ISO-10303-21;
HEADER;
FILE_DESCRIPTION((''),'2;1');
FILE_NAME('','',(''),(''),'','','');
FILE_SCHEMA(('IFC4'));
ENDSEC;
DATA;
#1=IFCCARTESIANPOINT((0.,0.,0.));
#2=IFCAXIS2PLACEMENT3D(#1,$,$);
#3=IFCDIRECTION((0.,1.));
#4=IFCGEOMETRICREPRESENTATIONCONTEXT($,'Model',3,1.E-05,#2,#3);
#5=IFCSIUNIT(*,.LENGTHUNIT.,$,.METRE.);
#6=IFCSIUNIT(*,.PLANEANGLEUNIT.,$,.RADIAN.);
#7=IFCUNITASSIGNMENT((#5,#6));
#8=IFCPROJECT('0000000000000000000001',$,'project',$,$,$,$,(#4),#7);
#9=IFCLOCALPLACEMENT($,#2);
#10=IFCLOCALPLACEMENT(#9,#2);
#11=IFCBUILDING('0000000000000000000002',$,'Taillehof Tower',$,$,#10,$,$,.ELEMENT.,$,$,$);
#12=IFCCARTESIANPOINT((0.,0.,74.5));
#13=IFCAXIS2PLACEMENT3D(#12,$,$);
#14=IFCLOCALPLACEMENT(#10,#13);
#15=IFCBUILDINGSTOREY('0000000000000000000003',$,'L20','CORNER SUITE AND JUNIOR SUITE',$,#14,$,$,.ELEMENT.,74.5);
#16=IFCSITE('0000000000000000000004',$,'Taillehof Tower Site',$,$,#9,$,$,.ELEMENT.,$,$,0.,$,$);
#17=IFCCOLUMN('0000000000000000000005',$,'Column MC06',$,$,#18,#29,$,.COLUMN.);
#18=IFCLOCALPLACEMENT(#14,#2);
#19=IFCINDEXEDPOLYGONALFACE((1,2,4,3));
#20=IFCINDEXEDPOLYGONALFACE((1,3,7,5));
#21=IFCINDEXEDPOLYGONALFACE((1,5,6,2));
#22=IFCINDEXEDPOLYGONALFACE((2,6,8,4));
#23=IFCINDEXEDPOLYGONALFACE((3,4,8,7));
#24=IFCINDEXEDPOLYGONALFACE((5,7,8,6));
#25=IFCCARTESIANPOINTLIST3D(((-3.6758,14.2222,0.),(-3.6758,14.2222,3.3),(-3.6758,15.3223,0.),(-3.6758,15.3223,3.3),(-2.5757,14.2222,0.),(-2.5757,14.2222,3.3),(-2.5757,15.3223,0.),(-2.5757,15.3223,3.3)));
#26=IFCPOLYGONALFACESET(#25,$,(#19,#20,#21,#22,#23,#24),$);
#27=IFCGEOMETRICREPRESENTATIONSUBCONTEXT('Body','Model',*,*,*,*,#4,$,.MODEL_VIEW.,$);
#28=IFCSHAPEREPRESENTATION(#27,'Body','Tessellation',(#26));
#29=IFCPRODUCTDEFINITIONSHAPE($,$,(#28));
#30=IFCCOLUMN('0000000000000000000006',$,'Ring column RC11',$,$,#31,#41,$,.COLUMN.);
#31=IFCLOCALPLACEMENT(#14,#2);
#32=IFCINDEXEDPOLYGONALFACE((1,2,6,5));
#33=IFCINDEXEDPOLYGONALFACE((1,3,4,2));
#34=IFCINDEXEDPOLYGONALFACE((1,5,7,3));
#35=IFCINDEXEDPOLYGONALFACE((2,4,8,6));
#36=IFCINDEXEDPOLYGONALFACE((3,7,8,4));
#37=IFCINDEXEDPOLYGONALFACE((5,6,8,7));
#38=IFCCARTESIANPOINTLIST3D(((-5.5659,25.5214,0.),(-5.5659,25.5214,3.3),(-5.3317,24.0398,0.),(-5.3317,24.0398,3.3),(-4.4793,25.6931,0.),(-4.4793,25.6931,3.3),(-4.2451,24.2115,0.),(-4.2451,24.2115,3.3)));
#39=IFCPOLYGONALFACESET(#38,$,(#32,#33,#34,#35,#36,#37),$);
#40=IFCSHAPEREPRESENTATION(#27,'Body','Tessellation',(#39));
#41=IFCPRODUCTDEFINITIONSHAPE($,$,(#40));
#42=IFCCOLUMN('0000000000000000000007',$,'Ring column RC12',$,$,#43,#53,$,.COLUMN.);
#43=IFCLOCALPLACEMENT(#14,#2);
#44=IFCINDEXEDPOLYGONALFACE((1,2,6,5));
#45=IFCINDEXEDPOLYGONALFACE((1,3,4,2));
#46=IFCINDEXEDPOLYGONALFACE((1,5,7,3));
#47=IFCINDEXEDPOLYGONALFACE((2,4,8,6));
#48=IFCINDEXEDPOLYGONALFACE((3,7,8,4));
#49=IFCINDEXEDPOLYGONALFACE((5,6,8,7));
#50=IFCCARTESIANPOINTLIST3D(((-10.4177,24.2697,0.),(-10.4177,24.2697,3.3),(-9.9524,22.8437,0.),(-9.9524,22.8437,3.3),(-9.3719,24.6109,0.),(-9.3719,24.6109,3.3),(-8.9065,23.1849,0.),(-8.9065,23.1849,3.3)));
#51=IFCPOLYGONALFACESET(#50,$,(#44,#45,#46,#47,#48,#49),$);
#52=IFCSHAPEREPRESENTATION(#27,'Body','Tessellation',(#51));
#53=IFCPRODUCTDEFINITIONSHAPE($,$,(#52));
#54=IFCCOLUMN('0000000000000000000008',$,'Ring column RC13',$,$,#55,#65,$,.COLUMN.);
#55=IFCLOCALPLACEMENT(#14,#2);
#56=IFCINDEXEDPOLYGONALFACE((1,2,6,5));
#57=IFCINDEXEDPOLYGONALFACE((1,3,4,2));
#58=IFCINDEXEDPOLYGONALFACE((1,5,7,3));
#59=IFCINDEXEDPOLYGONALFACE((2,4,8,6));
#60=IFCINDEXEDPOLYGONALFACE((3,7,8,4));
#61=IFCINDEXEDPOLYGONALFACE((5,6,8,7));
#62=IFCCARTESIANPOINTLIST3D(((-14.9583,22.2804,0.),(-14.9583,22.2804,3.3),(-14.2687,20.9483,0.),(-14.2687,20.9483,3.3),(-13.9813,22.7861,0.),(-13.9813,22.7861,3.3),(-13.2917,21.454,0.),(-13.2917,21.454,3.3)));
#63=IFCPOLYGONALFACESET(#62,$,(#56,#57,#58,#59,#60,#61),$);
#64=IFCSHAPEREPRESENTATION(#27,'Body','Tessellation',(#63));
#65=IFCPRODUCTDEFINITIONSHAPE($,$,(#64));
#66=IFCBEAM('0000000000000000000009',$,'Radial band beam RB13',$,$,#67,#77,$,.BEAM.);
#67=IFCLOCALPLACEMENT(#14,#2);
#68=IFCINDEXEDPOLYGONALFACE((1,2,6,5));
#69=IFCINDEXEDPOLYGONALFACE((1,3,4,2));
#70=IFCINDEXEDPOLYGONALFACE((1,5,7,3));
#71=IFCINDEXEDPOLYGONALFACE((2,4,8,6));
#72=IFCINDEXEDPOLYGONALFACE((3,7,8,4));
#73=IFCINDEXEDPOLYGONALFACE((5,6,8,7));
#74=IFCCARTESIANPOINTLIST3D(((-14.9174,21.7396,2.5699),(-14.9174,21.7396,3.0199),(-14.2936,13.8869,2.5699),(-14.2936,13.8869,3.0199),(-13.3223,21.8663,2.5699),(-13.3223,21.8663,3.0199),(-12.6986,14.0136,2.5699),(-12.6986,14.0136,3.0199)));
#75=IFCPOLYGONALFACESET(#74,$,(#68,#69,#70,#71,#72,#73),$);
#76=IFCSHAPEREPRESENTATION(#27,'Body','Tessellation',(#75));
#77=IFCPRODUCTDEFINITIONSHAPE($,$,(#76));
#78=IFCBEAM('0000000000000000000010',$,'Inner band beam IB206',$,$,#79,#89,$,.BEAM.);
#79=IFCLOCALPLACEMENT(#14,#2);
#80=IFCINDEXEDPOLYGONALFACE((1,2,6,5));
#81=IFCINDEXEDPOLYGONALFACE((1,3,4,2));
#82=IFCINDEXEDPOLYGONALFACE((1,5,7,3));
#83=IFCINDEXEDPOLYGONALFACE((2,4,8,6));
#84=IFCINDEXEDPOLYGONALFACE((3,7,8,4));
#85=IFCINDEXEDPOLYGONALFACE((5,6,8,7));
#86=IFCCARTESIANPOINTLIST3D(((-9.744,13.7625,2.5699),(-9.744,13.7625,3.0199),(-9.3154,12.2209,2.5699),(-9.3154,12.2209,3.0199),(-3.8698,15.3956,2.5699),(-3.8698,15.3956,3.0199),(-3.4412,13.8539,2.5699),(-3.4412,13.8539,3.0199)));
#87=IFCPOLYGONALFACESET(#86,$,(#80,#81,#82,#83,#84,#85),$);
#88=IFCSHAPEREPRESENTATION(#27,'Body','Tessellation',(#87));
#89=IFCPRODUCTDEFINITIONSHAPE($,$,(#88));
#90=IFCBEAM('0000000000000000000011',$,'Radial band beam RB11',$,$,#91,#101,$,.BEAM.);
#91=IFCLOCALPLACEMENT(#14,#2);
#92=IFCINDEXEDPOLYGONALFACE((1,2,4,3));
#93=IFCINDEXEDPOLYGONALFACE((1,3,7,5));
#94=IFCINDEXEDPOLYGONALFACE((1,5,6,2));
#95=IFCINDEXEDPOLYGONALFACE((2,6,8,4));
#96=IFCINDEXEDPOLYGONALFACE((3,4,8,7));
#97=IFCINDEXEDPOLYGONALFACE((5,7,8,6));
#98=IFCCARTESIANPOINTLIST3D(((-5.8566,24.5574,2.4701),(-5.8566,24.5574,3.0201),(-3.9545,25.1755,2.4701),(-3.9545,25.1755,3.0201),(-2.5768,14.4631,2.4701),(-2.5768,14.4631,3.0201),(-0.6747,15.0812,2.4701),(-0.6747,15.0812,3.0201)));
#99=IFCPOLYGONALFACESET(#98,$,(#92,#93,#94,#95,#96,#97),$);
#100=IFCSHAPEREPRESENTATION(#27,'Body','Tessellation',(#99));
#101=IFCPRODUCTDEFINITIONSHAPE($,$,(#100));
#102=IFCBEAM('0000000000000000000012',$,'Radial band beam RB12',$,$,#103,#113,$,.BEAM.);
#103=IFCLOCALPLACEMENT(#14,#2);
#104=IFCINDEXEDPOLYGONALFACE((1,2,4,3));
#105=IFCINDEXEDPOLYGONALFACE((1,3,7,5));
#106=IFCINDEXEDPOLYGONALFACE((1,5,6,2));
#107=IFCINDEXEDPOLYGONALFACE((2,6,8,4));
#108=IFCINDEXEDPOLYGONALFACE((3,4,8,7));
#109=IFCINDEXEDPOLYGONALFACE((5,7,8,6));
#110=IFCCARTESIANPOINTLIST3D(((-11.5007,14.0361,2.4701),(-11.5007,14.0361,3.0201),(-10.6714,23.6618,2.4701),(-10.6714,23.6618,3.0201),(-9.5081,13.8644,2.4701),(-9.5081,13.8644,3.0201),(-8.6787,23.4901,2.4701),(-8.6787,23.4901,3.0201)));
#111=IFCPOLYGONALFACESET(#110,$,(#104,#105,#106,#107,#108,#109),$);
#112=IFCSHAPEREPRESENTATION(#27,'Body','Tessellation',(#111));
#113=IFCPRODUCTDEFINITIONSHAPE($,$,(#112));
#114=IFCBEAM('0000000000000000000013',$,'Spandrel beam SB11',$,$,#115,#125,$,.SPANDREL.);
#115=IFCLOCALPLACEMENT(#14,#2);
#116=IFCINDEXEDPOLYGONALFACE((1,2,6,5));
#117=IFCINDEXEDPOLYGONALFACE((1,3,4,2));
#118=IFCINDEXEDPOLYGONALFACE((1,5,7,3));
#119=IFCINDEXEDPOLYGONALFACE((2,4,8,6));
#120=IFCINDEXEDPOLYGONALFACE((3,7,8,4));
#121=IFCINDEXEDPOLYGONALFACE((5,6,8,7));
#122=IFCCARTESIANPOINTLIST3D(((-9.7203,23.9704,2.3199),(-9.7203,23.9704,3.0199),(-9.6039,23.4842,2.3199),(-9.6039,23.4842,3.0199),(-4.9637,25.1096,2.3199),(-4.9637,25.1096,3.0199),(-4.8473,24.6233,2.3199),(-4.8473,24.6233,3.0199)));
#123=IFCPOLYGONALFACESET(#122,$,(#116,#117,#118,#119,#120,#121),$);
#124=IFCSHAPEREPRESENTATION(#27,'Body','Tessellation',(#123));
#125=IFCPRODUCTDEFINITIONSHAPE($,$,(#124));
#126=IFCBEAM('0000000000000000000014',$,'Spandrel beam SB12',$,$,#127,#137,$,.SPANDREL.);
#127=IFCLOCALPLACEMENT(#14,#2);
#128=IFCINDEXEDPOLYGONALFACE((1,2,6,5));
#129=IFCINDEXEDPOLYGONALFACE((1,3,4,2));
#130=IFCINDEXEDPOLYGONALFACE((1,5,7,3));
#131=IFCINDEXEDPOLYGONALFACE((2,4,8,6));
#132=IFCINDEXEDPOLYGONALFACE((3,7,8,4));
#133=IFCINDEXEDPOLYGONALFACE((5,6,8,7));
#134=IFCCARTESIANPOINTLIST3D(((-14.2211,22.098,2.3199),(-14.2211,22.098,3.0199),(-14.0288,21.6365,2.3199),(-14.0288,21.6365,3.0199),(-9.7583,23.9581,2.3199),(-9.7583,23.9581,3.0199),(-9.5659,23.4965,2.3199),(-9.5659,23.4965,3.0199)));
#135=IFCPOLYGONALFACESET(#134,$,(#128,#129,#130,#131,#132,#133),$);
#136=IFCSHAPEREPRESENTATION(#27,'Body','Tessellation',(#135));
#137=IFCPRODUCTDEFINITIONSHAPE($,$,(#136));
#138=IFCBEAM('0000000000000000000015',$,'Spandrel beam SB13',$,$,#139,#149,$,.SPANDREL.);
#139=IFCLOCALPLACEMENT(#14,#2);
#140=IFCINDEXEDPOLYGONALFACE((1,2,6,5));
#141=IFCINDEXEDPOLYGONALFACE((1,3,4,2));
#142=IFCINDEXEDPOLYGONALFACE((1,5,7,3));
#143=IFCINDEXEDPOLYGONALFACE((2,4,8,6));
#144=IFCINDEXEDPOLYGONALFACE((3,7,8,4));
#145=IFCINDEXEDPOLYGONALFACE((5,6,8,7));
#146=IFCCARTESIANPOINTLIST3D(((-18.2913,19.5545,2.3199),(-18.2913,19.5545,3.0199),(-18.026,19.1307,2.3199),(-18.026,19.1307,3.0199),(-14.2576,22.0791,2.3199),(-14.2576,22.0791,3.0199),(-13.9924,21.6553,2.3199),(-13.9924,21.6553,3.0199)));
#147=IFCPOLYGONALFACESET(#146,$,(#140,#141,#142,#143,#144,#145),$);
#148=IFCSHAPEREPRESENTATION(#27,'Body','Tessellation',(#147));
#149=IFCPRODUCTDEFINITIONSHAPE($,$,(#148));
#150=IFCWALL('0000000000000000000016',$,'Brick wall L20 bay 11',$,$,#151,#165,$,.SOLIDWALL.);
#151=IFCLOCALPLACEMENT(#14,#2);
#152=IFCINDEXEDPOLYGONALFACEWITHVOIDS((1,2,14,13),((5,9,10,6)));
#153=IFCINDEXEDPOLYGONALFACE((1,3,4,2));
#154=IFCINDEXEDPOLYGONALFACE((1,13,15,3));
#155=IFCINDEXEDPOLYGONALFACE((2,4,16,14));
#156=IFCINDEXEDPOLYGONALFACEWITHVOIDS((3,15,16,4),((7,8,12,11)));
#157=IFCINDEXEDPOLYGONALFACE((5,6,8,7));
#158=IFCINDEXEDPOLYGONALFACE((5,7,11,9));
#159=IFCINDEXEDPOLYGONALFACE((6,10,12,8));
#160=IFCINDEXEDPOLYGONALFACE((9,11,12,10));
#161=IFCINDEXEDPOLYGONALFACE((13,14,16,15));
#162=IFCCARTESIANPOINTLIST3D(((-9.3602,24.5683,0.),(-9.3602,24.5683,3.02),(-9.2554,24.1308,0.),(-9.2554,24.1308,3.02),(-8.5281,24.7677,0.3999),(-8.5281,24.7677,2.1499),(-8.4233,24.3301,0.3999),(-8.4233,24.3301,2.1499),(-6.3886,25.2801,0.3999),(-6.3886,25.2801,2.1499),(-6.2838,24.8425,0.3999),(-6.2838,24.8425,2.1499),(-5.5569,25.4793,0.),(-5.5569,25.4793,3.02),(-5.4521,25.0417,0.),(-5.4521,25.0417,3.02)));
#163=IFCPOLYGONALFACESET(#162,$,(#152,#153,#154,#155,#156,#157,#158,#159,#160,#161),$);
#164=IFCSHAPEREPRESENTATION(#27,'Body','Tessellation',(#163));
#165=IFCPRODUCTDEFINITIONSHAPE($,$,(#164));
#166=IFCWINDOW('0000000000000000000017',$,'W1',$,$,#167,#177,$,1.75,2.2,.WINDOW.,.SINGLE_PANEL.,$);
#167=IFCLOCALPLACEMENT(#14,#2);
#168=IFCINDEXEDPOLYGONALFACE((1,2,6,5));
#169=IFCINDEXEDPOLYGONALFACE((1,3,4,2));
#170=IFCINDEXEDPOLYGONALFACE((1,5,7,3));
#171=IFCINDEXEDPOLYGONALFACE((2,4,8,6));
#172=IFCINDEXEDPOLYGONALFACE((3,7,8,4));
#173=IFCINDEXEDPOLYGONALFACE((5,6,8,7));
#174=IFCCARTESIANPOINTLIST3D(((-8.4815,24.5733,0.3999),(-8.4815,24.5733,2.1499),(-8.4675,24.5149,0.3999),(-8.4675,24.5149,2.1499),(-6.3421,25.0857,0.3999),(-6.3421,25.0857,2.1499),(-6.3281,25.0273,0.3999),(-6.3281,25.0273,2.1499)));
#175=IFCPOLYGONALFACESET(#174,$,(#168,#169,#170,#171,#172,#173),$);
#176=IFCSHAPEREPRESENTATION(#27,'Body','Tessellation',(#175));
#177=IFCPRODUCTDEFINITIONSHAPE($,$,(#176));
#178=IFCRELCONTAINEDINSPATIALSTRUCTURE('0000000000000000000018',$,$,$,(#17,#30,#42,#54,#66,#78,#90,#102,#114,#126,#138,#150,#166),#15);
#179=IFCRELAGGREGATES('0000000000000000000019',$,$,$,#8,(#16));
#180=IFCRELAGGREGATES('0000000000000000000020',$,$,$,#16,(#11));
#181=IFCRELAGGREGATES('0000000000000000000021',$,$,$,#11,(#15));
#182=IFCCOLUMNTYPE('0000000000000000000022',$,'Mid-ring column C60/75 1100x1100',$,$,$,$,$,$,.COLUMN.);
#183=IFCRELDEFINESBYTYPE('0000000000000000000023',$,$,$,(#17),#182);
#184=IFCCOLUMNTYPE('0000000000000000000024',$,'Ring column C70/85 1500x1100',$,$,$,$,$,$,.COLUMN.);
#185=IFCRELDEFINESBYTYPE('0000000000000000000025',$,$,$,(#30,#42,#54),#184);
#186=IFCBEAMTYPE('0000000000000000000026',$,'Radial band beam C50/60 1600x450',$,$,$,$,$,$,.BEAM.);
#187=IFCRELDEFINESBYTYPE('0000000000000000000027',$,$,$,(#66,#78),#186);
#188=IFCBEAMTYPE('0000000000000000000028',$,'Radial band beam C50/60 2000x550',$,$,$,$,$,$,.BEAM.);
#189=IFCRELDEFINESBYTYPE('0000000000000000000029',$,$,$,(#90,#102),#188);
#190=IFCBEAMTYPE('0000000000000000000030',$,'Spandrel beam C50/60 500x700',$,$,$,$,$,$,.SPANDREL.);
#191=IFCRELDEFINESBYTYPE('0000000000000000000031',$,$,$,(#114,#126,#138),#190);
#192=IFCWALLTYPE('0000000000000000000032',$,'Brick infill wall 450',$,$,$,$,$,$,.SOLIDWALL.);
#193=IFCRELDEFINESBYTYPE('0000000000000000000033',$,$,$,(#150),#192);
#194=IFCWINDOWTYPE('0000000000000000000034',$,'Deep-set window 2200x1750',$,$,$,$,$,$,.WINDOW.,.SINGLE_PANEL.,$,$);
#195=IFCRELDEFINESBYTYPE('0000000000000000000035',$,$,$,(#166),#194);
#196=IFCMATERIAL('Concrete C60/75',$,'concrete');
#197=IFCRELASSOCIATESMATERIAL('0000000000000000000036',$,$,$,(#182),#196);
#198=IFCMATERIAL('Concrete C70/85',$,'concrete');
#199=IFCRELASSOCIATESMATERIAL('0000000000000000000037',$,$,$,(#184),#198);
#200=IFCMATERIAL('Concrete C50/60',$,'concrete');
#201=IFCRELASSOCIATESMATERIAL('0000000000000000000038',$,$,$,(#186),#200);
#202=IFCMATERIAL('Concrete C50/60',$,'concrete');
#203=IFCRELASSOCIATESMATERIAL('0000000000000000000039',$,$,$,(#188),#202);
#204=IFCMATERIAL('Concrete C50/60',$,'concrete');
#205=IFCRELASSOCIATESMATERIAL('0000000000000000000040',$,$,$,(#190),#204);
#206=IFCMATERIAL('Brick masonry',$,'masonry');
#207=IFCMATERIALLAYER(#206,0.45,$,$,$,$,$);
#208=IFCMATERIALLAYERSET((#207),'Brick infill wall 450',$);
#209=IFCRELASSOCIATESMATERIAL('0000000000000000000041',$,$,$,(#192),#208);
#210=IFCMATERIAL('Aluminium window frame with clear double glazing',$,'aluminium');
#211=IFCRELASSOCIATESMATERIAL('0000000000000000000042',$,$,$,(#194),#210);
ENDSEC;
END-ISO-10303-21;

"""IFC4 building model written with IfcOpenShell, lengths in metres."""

from ifc_helpers import new_model, si_unit, direction, frame, frame_2d, origin, origin_2d, place, context, subcontext, project, spatial, rectangle, extrude, material, layer, layer_set, material_profile, profile_set, type_object, element, fill, save


model = new_model("IFC4")

# Units and contexts
model_context = context("Model", 3, precision=1e-05, world=origin(), true_north=direction((0.0, 1.0)))
body_context = subcontext(model_context, "Body", "Model", "MODEL_VIEW")
ifc_project = project(units=[si_unit("LENGTHUNIT", "METRE"), si_unit("PLANEANGLEUNIT", "RADIAN")], contexts=[model_context])

# Site, building, storey
site_placement = place(None, origin())
site = spatial("IfcSite", under=ifc_project, at=site_placement, Name="Taillehof Tower Site", CompositionType="ELEMENT", RefElevation=0.0)
building_placement = place(site_placement, origin())
building = spatial("IfcBuilding", under=site, at=building_placement, Name="Taillehof Tower", CompositionType="ELEMENT")
storey_placement = place(building_placement, frame((0.0, 0.0, 74.5)))
storey = spatial("IfcBuildingStorey", under=building, at=storey_placement, Name="L20", Description="CORNER SUITE AND JUNIOR SUITE", CompositionType="ELEMENT", Elevation=74.5)

# Columns
ifc_material_1 = material(Name="Concrete C60/75", Category="concrete")
ifc_material_profile_1 = material_profile(ifc_material_1, rectangle(XDim=1.1001, YDim=1.1001, at=origin_2d()), Name="RC 1100x1100")
ifc_profile_set_1 = profile_set([ifc_material_profile_1], Name="Concrete C60/75")
column_type_1 = type_object("IfcColumnType", Name="Mid-ring column C60/75 1100x1100", PredefinedType="COLUMN", material=ifc_profile_set_1)
column_placement = place(storey_placement, frame((-3.1257, 14.7722, 0.0), z_axis=(0.0, 0.0, 1.0), x_axis=(1.0, 0.0, 0.0)))
element("IfcColumn", 1, at=column_placement, inside=storey, type_object=column_type_1, Name="Column MC06", PredefinedType="COLUMN", context=body_context, shape_type="SweptSolid", body=[
    extrude(rectangle(XDim=1.1001, YDim=1.1001, at=origin_2d()), origin(), (0.0, 0.0, 1.0), 3.3),
])
ifc_material_2 = material(Name="Concrete C70/85", Category="concrete")
ifc_material_profile_2 = material_profile(ifc_material_2, rectangle(XDim=1.5, YDim=1.1001, at=origin_2d()), Name="RC 1500x1100")
ifc_profile_set_2 = profile_set([ifc_material_profile_2], Name="Concrete C70/85")
column_type_2 = type_object("IfcColumnType", Name="Ring column C70/85 1500x1100", PredefinedType="COLUMN", material=ifc_profile_set_2)
for number, where, z_axis, x_axis, name in (
    (2, (-4.9055, 24.8665, 0.0), (0.0, 0.0, 1.0), (-0.156147, 0.987734, 0.0), "Ring column RC11"),
    (3, (-9.6621, 23.7273, 0.0), (0.0, 0.0, 1.0), (-0.310219, 0.950665, 0.0), "Ring column RC12"),
    (4, (-14.125, 21.8672, 0.0), (0.0, 0.0, 1.0), (-0.459691, 0.888079, 0.0), "Ring column RC13"),
):
    element("IfcColumn", number, at=place(storey_placement, frame(where, z_axis=z_axis, x_axis=x_axis)), inside=storey, type_object=column_type_2, Name=name, PredefinedType="COLUMN", context=body_context, shape_type="SweptSolid", body=[
        extrude(rectangle(XDim=1.5, YDim=1.1001, at=origin_2d()), origin(), (0.0, 0.0, 1.0), 3.3),
    ])

# Beams
ifc_material_3 = material(Name="Concrete C50/60", Category="concrete")
ifc_material_profile_3 = material_profile(ifc_material_3, rectangle(XDim=1.6001, YDim=0.45, at=origin_2d()), Name="RC 1600x450")
ifc_profile_set_3 = profile_set([ifc_material_profile_3], Name="Concrete C50/60")
beam_type_1 = type_object("IfcBeamType", Name="Radial band beam C50/60 1600x450", PredefinedType="BEAM", material=ifc_profile_set_3)
beam_1_placement = place(storey_placement, frame((-14.1199, 21.803, 2.7949), z_axis=(0.079185, -0.99686, 0.0), x_axis=(0.99686, 0.079185, 0.0)))
element("IfcBeam", 5, at=beam_1_placement, inside=storey, type_object=beam_type_1, Name="Radial band beam RB13", PredefinedType="BEAM", context=body_context, shape_type="SweptSolid", body=[
    extrude(rectangle(XDim=1.6001, YDim=0.45, at=origin_2d()), origin(), (0.0, 0.0, 1.0), 7.8774),
])
beam_2_placement = place(storey_placement, frame((-3.6555, 14.6248, 2.7949), z_axis=(-0.963459, -0.267855, 0.0), x_axis=(0.267855, -0.963459, 0.0)))
element("IfcBeam", 6, at=beam_2_placement, inside=storey, type_object=beam_type_1, Name="Inner band beam IB206", PredefinedType="BEAM", context=body_context, shape_type="SweptSolid", body=[
    extrude(rectangle(XDim=1.6001, YDim=0.45, at=origin_2d()), origin(), (0.0, 0.0, 1.0), 6.0969),
])
ifc_material_4 = material(Name="Concrete C50/60", Category="concrete")
ifc_material_profile_4 = material_profile(ifc_material_4, rectangle(XDim=2.0, YDim=0.55, at=origin_2d()), Name="RC 2000x550")
ifc_profile_set_4 = profile_set([ifc_material_profile_4], Name="Concrete C50/60")
beam_type_2 = type_object("IfcBeamType", Name="Radial band beam C50/60 2000x550", PredefinedType="BEAM", material=ifc_profile_set_4)
beam_3_placement = place(storey_placement, frame((-4.9055, 24.8665, 2.7451), z_axis=(0.309014, -0.951057, 0.0), x_axis=(0.951057, 0.309014, 0.0)))
element("IfcBeam", 7, at=beam_3_placement, inside=storey, type_object=beam_type_2, Name="Radial band beam RB11", PredefinedType="BEAM", context=body_context, shape_type="SweptSolid", body=[
    extrude(rectangle(XDim=2.0, YDim=0.55, at=origin_2d()), origin(), (0.0, 0.0, 1.0), 10.6138),
])
beam_4_placement = place(storey_placement, frame((-9.675, 23.5759, 2.7451), z_axis=(-0.085841, -0.996309, 0.0), x_axis=(0.996309, -0.085841, 0.0)))
element("IfcBeam", 8, at=beam_4_placement, inside=storey, type_object=beam_type_2, Name="Radial band beam RB12", PredefinedType="BEAM", context=body_context, shape_type="SweptSolid", body=[
    extrude(rectangle(XDim=2.0, YDim=0.55, at=origin_2d()), origin(), (0.0, 0.0, 1.0), 9.6614),
])
ifc_material_5 = material(Name="Concrete C50/60", Category="concrete")
ifc_material_profile_5 = material_profile(ifc_material_5, rectangle(XDim=0.5, YDim=0.7, at=origin_2d()), Name="RC 500x700")
ifc_profile_set_5 = profile_set([ifc_material_profile_5], Name="Concrete C50/60")
beam_type_3 = type_object("IfcBeamType", Name="Spandrel beam C50/60 500x700", PredefinedType="SPANDREL", material=ifc_profile_set_5)
beam_5_placement = place(storey_placement, frame((-4.9055, 24.8665, 2.6699), z_axis=(-0.9725, -0.232905, 0.0), x_axis=(0.232905, -0.9725, 0.0)))
element("IfcBeam", 9, at=beam_5_placement, inside=storey, type_object=beam_type_3, Name="Spandrel beam SB11", PredefinedType="SPANDREL", context=body_context, shape_type="SweptSolid", body=[
    extrude(rectangle(XDim=0.5, YDim=0.7, at=origin_2d()), origin(), (0.0, 0.0, 1.0), 4.8911),
])
beam_6_placement = place(storey_placement, frame((-9.6621, 23.7273, 2.6699), z_axis=(-0.923035, -0.384716, 0.0), x_axis=(0.384716, -0.923035, 0.0)))
element("IfcBeam", 10, at=beam_6_placement, inside=storey, type_object=beam_type_3, Name="Spandrel beam SB12", PredefinedType="SPANDREL", context=body_context, shape_type="SweptSolid", body=[
    extrude(rectangle(XDim=0.5, YDim=0.7, at=origin_2d()), origin(), (0.0, 0.0, 1.0), 4.835),
])
beam_7_placement = place(storey_placement, frame((-14.125, 21.8672, 2.6699), z_axis=(-0.847658, -0.530543, 0.0), x_axis=(0.530543, -0.847658, 0.0)))
element("IfcBeam", 11, at=beam_7_placement, inside=storey, type_object=beam_type_3, Name="Spandrel beam SB13", PredefinedType="SPANDREL", context=body_context, shape_type="SweptSolid", body=[
    extrude(rectangle(XDim=0.5, YDim=0.7, at=origin_2d()), origin(), (0.0, 0.0, 1.0), 4.7585),
])

# Wall, opening, window
ifc_material_6 = material(Name="Brick masonry", Category="masonry")
ifc_layer_1 = layer(ifc_material_6, 0.45)
ifc_layer_set_1 = layer_set([ifc_layer_1], Name="Brick infill wall 450")
wall_type_1 = type_object("IfcWallType", Name="Brick infill wall 450", PredefinedType="SOLIDWALL", material=ifc_layer_set_1)
wall_1_placement = place(storey_placement, frame((-5.5044, 25.2605, 0.0), z_axis=(0.0, 0.0, 1.0), x_axis=(-0.972497, -0.232917, 0.0)))
wall_1 = element("IfcWall", 12, at=wall_1_placement, inside=storey, type_object=wall_type_1, Name="Brick wall L20 bay 11", PredefinedType="SOLIDWALL", context=body_context, shape_type="SweptSolid", body=[
    extrude(rectangle(XDim=3.9109, YDim=0.45, at=frame_2d((1.9556, 0.0))), origin(), (0.0, 0.0, 1.0), 3.02),
])
opening_1_placement = place(wall_1_placement, frame((0.8552, 0.0, 0.3999)))
opening_1 = element("IfcOpeningElement", 13, at=opening_1_placement, cuts=wall_1, PredefinedType="OPENING", context=body_context, shape_type="SweptSolid", body=[
    extrude(rectangle(XDim=2.2, YDim=1.75, at=frame_2d((1.1001, 0.875))), frame((0.0, 0.2349, 0.0), z_axis=(0.0, -1.0, 0.0), x_axis=(1.0, 0.0, 0.0)), (0.0, 0.0, 1.0), 0.47),
])
ifc_material_7 = material(Name="Aluminium window frame with clear double glazing", Category="aluminium")
window_type = type_object("IfcWindowType", Name="Deep-set window 2200x1750", PartitioningType="SINGLE_PANEL", PredefinedType="WINDOW", material=ifc_material_7)
window_1_placement = place(opening_1_placement, origin())
window_1 = element("IfcWindow", 14, at=window_1_placement, inside=storey, type_object=window_type, Name="W1", OverallHeight=1.75, OverallWidth=2.2, PartitioningType="SINGLE_PANEL", PredefinedType="WINDOW", context=body_context, shape_type="SweptSolid", body=[
    extrude(rectangle(XDim=2.2, YDim=1.75, at=frame_2d((1.1001, 0.875))), frame((0.0, 0.0349, 0.0), z_axis=(0.0, -1.0, 0.0), x_axis=(1.0, 0.0, 0.0)), (0.0, 0.0, 1.0), 0.0601),
])
fill(opening_1, window_1)

save(model, "model.ifc")
